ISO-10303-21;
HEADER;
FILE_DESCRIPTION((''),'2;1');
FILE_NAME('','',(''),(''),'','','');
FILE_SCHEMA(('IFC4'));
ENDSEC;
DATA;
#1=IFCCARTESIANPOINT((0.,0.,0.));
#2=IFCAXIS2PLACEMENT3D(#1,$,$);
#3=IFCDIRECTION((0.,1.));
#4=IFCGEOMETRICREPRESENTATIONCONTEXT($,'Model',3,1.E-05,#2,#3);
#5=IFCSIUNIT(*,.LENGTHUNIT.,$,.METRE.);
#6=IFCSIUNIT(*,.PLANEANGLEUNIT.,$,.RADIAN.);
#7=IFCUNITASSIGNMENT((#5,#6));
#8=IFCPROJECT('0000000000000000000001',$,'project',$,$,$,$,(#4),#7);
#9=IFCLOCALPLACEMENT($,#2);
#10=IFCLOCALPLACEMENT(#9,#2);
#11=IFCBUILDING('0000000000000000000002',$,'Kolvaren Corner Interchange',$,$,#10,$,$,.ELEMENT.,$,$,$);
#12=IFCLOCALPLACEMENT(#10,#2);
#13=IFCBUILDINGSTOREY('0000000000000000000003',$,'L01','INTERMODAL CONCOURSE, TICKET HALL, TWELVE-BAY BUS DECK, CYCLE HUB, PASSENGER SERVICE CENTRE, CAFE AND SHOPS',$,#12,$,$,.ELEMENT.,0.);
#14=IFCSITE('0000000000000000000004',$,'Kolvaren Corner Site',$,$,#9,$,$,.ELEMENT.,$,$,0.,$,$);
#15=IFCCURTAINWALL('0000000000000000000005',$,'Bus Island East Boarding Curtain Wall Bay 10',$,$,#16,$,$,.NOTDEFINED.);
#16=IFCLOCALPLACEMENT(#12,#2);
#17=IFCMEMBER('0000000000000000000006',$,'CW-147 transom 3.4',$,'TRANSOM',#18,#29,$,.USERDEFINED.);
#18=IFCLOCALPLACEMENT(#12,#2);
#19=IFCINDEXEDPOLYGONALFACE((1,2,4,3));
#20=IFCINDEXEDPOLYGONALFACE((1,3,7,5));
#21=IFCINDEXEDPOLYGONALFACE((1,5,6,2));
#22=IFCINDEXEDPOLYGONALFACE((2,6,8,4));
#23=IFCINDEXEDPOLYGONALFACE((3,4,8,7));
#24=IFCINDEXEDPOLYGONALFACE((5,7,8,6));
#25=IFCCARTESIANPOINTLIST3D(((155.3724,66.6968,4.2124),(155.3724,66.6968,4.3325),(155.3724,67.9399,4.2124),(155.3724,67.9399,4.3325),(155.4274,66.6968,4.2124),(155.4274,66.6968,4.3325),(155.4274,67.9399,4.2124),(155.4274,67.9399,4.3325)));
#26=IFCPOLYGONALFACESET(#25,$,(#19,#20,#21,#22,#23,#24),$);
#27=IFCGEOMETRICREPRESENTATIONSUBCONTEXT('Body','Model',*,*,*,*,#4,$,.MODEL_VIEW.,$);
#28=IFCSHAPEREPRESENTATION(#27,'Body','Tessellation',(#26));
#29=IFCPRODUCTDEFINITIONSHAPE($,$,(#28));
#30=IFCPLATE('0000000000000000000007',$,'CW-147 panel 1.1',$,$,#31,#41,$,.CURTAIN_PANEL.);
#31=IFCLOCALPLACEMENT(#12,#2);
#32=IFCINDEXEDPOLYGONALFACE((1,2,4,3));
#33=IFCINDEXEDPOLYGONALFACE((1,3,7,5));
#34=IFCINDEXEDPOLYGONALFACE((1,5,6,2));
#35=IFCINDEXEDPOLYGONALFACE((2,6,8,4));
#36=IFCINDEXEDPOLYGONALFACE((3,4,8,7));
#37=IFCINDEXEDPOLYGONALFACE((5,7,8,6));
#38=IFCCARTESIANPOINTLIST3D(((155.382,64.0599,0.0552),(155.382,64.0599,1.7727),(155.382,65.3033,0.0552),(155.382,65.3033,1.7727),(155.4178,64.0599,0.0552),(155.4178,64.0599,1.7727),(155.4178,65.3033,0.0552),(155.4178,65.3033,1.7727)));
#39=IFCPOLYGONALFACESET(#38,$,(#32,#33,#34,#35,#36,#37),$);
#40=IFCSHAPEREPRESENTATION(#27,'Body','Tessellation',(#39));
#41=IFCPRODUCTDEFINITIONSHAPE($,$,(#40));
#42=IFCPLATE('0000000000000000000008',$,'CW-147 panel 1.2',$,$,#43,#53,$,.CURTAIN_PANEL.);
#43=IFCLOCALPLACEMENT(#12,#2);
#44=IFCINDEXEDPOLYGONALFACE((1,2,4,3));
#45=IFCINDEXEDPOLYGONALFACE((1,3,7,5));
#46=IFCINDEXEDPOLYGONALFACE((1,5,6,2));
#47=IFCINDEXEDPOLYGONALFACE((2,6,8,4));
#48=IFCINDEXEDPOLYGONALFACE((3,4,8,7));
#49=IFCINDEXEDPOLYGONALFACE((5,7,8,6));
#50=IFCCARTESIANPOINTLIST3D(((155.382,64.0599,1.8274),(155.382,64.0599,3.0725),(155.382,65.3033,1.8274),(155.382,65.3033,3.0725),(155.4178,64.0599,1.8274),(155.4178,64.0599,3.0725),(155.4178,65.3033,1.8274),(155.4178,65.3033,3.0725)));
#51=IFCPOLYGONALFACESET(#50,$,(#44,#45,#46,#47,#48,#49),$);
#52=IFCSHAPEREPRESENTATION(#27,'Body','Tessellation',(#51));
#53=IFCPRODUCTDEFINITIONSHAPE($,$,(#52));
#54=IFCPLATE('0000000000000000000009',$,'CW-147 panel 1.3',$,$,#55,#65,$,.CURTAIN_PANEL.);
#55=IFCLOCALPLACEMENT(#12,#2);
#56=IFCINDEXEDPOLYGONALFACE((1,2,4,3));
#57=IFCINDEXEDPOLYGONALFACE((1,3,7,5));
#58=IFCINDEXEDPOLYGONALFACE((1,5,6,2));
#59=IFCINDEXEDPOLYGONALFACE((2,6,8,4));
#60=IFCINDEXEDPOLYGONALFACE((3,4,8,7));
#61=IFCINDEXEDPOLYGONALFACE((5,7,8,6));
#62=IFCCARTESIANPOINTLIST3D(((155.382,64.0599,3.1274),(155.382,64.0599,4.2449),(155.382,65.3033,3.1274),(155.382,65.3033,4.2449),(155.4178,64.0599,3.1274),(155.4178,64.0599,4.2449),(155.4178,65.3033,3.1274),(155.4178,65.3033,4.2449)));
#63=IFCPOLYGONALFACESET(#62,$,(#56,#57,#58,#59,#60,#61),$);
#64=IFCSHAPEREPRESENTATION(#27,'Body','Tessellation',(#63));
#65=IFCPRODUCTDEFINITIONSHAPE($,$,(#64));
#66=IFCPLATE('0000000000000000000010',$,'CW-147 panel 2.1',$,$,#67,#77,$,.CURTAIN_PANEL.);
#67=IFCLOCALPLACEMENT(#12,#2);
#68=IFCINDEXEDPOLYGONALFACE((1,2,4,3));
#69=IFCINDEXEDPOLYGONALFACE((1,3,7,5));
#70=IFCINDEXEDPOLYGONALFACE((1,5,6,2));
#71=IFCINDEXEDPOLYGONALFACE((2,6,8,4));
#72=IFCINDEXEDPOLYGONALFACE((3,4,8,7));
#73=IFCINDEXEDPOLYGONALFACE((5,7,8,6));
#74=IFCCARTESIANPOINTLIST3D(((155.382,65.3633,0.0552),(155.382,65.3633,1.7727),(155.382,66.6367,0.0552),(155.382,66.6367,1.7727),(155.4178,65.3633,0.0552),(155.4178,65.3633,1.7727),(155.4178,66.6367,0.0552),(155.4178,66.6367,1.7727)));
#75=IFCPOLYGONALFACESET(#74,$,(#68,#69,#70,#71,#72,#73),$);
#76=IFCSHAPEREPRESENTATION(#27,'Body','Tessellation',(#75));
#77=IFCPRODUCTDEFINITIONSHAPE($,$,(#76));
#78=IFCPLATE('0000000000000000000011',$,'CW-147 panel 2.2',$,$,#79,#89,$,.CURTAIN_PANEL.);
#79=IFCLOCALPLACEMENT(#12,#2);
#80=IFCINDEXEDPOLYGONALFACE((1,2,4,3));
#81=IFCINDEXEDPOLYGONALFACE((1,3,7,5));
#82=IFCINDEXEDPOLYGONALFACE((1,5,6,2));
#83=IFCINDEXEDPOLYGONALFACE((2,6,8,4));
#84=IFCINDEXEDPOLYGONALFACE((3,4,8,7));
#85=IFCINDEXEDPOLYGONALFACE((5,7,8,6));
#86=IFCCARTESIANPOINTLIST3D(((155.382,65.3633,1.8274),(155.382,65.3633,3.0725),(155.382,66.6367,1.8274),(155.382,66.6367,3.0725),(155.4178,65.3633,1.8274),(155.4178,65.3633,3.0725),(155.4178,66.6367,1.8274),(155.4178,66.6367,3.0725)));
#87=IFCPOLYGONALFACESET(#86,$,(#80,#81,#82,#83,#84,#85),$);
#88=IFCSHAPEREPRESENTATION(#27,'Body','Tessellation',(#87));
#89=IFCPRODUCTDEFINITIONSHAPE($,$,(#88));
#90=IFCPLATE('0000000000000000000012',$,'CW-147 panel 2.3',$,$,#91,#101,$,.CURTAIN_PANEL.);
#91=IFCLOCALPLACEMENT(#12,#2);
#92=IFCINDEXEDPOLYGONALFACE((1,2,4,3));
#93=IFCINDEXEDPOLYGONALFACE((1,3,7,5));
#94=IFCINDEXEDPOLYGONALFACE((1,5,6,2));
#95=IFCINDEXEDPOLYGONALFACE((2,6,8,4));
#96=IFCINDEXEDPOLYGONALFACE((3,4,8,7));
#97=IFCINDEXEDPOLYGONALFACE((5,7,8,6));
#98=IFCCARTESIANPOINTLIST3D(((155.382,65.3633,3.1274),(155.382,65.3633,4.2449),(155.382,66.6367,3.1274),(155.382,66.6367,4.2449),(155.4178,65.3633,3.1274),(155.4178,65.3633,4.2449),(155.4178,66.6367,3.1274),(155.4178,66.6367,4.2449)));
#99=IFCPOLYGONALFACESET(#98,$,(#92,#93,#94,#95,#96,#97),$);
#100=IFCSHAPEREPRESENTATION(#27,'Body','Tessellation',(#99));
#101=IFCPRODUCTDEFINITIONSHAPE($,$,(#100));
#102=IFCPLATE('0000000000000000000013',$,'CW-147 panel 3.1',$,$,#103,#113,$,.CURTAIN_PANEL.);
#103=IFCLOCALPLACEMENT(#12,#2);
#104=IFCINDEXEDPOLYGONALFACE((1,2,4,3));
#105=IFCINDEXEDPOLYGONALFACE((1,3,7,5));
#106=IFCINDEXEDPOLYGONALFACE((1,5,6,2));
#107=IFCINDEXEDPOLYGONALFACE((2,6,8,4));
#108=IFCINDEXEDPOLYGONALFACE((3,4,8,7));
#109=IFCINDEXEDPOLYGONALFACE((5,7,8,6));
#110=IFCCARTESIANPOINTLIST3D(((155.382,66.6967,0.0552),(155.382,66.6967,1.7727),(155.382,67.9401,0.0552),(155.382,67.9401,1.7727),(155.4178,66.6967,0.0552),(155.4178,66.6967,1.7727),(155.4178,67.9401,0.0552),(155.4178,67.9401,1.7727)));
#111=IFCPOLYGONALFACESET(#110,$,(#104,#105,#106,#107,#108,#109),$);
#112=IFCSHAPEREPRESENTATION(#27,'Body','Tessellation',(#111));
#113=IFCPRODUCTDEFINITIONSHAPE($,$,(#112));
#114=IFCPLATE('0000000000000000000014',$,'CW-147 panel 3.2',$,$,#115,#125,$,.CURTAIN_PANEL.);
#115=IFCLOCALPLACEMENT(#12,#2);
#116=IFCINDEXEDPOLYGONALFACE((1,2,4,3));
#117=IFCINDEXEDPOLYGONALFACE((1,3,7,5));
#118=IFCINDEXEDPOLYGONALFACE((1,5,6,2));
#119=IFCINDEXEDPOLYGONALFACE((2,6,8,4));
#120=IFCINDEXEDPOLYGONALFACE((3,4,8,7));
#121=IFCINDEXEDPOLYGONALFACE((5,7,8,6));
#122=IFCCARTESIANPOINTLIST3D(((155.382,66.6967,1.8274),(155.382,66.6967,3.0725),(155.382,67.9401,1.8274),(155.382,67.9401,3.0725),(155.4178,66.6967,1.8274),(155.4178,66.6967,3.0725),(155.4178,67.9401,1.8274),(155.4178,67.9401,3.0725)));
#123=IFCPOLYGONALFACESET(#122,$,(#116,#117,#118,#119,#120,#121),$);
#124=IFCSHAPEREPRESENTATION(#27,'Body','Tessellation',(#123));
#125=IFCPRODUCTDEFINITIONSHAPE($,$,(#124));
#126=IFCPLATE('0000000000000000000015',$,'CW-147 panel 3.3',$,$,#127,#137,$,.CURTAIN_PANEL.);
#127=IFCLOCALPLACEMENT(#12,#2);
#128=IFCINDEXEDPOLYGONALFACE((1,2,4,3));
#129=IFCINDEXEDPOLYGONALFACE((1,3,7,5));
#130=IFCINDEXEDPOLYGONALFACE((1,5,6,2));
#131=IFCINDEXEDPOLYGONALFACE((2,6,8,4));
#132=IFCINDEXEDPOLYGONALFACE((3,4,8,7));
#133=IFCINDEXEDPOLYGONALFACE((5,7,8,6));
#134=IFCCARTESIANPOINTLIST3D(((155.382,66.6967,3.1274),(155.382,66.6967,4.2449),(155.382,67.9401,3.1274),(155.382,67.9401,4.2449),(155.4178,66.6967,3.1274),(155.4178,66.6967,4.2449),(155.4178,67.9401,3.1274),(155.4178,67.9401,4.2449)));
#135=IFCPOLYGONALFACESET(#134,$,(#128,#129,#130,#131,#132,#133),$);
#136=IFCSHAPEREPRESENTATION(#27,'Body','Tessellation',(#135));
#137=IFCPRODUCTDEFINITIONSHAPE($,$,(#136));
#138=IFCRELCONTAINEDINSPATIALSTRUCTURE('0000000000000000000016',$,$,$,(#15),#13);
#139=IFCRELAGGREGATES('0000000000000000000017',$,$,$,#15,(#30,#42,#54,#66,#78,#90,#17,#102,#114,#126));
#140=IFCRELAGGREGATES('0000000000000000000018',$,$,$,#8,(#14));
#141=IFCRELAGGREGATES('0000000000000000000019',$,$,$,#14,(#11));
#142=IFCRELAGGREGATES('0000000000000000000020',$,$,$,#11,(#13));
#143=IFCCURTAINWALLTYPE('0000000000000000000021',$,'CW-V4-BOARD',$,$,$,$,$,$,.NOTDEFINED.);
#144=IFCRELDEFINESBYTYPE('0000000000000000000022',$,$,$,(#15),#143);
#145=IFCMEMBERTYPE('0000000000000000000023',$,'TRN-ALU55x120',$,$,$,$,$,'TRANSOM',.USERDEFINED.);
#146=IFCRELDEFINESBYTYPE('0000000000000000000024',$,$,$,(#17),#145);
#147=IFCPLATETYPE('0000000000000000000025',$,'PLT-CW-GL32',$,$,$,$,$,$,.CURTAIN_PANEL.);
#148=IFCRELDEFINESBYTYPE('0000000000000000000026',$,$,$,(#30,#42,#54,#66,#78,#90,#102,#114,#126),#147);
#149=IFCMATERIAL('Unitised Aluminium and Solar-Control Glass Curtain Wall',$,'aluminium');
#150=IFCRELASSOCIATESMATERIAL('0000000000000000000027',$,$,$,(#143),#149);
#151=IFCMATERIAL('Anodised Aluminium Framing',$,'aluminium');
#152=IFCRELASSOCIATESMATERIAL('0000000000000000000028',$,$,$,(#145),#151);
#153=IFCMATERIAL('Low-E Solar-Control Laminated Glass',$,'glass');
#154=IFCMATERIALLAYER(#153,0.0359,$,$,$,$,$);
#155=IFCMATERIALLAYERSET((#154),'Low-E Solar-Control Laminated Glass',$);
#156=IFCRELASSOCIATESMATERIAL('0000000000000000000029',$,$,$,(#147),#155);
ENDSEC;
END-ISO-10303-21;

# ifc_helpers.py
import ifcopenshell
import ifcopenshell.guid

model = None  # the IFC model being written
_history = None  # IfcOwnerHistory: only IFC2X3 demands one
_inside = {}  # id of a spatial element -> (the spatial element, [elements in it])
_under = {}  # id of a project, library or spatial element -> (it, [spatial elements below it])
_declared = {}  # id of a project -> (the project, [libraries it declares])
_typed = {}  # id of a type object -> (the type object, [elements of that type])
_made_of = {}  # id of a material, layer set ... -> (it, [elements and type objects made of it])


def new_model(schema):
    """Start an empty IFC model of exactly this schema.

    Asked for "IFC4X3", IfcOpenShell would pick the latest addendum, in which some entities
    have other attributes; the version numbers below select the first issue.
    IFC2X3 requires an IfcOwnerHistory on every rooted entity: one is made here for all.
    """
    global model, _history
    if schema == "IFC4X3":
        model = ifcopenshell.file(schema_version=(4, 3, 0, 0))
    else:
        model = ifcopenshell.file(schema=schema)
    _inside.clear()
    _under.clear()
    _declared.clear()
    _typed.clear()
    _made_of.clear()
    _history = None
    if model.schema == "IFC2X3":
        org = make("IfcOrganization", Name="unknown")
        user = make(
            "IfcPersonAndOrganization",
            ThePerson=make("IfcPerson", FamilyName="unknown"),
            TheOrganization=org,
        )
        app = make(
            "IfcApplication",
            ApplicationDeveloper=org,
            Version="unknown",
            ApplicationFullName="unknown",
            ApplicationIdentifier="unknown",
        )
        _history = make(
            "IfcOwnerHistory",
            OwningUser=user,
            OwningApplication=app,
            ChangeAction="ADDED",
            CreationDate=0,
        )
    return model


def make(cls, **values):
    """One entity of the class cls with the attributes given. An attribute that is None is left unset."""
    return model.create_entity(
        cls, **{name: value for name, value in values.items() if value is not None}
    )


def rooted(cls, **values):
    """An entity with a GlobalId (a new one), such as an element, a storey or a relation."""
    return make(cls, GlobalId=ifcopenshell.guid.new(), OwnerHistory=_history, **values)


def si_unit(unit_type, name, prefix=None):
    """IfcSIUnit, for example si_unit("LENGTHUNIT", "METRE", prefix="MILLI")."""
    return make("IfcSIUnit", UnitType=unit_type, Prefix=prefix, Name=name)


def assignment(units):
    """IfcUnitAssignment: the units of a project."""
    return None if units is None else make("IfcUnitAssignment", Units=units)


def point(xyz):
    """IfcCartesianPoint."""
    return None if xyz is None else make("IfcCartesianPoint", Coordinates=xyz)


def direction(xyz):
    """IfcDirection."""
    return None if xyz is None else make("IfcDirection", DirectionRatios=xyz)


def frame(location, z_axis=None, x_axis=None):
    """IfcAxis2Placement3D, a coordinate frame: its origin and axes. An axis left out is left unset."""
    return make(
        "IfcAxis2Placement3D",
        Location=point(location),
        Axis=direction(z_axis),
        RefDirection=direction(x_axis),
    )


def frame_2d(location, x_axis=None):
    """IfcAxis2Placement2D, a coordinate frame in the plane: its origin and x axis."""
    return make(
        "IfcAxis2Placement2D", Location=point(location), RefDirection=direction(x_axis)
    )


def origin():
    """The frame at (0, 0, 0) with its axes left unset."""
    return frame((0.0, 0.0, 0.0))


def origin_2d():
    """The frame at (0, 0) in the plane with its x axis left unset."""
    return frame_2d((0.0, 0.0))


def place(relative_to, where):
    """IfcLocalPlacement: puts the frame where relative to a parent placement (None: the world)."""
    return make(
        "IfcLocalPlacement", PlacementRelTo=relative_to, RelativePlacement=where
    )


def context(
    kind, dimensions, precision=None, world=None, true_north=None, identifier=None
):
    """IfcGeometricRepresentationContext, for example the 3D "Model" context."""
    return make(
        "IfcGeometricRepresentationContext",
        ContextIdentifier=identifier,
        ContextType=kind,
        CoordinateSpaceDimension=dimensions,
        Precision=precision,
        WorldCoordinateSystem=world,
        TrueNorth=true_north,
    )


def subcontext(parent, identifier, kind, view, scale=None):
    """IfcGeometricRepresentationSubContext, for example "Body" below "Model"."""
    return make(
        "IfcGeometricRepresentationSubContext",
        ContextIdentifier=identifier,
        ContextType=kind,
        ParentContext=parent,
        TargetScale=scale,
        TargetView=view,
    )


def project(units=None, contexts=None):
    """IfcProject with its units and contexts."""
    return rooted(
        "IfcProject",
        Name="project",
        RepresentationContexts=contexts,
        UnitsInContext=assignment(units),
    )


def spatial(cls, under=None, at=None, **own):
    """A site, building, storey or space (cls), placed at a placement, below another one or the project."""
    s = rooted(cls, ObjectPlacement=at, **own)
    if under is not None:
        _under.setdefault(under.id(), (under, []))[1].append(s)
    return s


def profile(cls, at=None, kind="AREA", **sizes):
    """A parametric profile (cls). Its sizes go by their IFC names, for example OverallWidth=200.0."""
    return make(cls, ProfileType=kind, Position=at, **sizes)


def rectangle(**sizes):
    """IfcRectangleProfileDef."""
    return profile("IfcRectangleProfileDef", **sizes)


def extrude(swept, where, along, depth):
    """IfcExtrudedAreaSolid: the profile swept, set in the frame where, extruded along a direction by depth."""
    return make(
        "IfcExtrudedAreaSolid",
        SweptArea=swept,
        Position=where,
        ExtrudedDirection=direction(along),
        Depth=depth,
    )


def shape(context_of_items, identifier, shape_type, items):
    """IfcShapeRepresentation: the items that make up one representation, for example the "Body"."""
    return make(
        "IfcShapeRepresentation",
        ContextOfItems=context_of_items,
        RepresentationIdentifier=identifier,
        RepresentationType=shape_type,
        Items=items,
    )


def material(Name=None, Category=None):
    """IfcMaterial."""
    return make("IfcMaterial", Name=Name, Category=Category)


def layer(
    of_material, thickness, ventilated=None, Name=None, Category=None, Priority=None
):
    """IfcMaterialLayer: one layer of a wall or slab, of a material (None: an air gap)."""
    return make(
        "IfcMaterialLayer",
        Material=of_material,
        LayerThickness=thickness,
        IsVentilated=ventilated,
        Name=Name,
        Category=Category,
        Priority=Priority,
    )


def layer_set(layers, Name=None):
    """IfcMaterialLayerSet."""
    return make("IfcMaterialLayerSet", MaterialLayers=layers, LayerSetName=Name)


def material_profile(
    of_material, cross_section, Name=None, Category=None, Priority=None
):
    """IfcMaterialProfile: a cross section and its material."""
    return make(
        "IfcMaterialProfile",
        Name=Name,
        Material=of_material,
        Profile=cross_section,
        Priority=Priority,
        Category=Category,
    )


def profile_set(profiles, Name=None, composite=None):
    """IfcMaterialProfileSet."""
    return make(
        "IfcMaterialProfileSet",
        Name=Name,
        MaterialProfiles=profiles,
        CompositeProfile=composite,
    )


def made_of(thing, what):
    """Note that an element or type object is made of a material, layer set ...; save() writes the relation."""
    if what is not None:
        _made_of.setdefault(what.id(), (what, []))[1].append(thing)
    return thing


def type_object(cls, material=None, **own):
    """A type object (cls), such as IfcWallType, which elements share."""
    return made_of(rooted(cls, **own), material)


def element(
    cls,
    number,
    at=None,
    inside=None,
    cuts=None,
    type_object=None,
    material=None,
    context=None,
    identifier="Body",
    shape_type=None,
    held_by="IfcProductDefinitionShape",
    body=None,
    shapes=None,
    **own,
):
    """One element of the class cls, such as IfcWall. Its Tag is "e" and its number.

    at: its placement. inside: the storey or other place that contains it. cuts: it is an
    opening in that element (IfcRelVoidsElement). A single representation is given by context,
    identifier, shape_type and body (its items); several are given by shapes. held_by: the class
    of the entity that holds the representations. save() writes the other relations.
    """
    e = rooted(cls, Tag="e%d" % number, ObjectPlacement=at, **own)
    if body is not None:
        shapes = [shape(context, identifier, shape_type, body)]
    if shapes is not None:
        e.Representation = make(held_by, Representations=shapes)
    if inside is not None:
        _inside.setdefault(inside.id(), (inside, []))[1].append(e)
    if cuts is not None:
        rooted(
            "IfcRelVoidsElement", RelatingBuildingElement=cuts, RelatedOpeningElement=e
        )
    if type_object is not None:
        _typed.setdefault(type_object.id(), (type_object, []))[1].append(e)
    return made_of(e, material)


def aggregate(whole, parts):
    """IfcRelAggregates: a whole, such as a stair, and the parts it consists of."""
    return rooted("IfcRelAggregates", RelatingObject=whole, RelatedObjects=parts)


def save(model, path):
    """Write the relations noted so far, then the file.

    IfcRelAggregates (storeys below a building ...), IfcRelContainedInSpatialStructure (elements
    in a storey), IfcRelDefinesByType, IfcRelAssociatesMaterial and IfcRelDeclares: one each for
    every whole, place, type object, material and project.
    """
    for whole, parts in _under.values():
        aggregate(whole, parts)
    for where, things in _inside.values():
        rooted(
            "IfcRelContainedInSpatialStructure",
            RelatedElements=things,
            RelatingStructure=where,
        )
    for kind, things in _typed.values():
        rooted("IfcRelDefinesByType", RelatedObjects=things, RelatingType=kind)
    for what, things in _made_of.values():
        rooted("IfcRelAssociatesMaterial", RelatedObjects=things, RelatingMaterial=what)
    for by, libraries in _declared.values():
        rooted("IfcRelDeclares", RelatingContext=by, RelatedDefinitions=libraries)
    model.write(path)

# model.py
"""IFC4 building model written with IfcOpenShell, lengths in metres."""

from ifc_helpers import new_model, si_unit, direction, frame, origin, origin_2d, place, context, subcontext, project, spatial, rectangle, extrude, material, layer, layer_set, material_profile, profile_set, type_object, element, aggregate, save


model = new_model("IFC4")

# Units and contexts
model_context = context("Model", 3, precision=1e-05, world=origin(), true_north=direction((0.0, 1.0)))
body_context = subcontext(model_context, "Body", "Model", "MODEL_VIEW")
ifc_project = project(units=[si_unit("LENGTHUNIT", "METRE"), si_unit("PLANEANGLEUNIT", "RADIAN")], contexts=[model_context])

# Site, building, storey
site_placement = place(None, origin())
site = spatial("IfcSite", under=ifc_project, at=site_placement, Name="Kolvaren Corner Site", CompositionType="ELEMENT", RefElevation=0.0)
building_placement = place(site_placement, origin())
building = spatial("IfcBuilding", under=site, at=building_placement, Name="Kolvaren Corner Interchange", CompositionType="ELEMENT")
storey_placement = place(building_placement, origin())
storey = spatial("IfcBuildingStorey", under=building, at=storey_placement, Name="L01", Description="INTERMODAL CONCOURSE, TICKET HALL, TWELVE-BAY BUS DECK, CYCLE HUB, PASSENGER SERVICE CENTRE, CAFE AND SHOPS", CompositionType="ELEMENT", Elevation=0.0)

# Curtain wall, member, plates
ifc_material_1 = material(Name="Unitised Aluminium and Solar-Control Glass Curtain Wall", Category="aluminium")
curtain_wall_type = type_object("IfcCurtainWallType", Name="CW-V4-BOARD", PredefinedType="NOTDEFINED", material=ifc_material_1)
curtain_wall_placement = place(storey_placement, origin())
curtain_wall = element("IfcCurtainWall", 1, at=curtain_wall_placement, inside=storey, type_object=curtain_wall_type, Name="Bus Island East Boarding Curtain Wall Bay 10", PredefinedType="NOTDEFINED")
ifc_material_2 = material(Name="Anodised Aluminium Framing", Category="aluminium")
ifc_material_profile_1 = material_profile(ifc_material_2, rectangle(XDim=0.0549, YDim=0.1201, at=origin_2d()), Name="ALU 55x120")
ifc_profile_set_1 = profile_set([ifc_material_profile_1], Name="Anodised Aluminium Framing")
member_type_1 = type_object("IfcMemberType", Name="TRN-ALU55x120", ElementType="TRANSOM", PredefinedType="USERDEFINED", material=ifc_profile_set_1)
member_1_placement = place(storey_placement, frame((155.3999, 66.6968, 4.2725), z_axis=(0.0, 1.0, 0.0), x_axis=(-1.0, 0.0, 0.0)))
member_1 = element("IfcMember", 2, at=member_1_placement, type_object=member_type_1, Name="CW-147 transom 3.4", ObjectType="TRANSOM", PredefinedType="USERDEFINED", context=body_context, shape_type="SweptSolid", body=[
    extrude(rectangle(XDim=0.0549, YDim=0.1201, at=origin_2d()), origin(), (0.0, 0.0, 1.0), 1.2432),
])
ifc_material_3 = material(Name="Low-E Solar-Control Laminated Glass", Category="glass")
ifc_layer = layer(ifc_material_3, 0.0359)
ifc_layer_set = layer_set([ifc_layer], Name="Low-E Solar-Control Laminated Glass")
plate_type = type_object("IfcPlateType", Name="PLT-CW-GL32", PredefinedType="CURTAIN_PANEL", material=ifc_layer_set)
plate_1_placement = place(storey_placement, frame((155.3999, 64.6816, 0.0552), z_axis=(0.0, 0.0, 1.0), x_axis=(0.0, 1.0, 0.0)))
plate_1 = element("IfcPlate", 3, at=plate_1_placement, type_object=plate_type, Name="CW-147 panel 1.1", PredefinedType="CURTAIN_PANEL", context=body_context, shape_type="SweptSolid", body=[
    extrude(rectangle(XDim=1.2434, YDim=0.0359, at=origin_2d()), origin(), (0.0, 0.0, 1.0), 1.7175),
])
plate_2_placement = place(storey_placement, frame((155.3999, 64.6816, 1.8274), z_axis=(0.0, 0.0, 1.0), x_axis=(0.0, 1.0, 0.0)))
plate_2 = element("IfcPlate", 4, at=plate_2_placement, type_object=plate_type, Name="CW-147 panel 1.2", PredefinedType="CURTAIN_PANEL", context=body_context, shape_type="SweptSolid", body=[
    extrude(rectangle(XDim=1.2434, YDim=0.0359, at=origin_2d()), origin(), (0.0, 0.0, 1.0), 1.2451),
])
plate_3_placement = place(storey_placement, frame((155.3999, 64.6816, 3.1274), z_axis=(0.0, 0.0, 1.0), x_axis=(0.0, 1.0, 0.0)))
plate_3 = element("IfcPlate", 5, at=plate_3_placement, type_object=plate_type, Name="CW-147 panel 1.3", PredefinedType="CURTAIN_PANEL", context=body_context, shape_type="SweptSolid", body=[
    extrude(rectangle(XDim=1.2434, YDim=0.0359, at=origin_2d()), origin(), (0.0, 0.0, 1.0), 1.1174),
])
plate_4_placement = place(storey_placement, frame((155.3999, 66.0, 0.0552), z_axis=(0.0, 0.0, 1.0), x_axis=(0.0, 1.0, 0.0)))
plate_4 = element("IfcPlate", 6, at=plate_4_placement, type_object=plate_type, Name="CW-147 panel 2.1", PredefinedType="CURTAIN_PANEL", context=body_context, shape_type="SweptSolid", body=[
    extrude(rectangle(XDim=1.2734, YDim=0.0359, at=origin_2d()), origin(), (0.0, 0.0, 1.0), 1.7175),
])
plate_5_placement = place(storey_placement, frame((155.3999, 66.0, 1.8274), z_axis=(0.0, 0.0, 1.0), x_axis=(0.0, 1.0, 0.0)))
plate_5 = element("IfcPlate", 7, at=plate_5_placement, type_object=plate_type, Name="CW-147 panel 2.2", PredefinedType="CURTAIN_PANEL", context=body_context, shape_type="SweptSolid", body=[
    extrude(rectangle(XDim=1.2734, YDim=0.0359, at=origin_2d()), origin(), (0.0, 0.0, 1.0), 1.2451),
])
plate_6_placement = place(storey_placement, frame((155.3999, 66.0, 3.1274), z_axis=(0.0, 0.0, 1.0), x_axis=(0.0, 1.0, 0.0)))
plate_6 = element("IfcPlate", 8, at=plate_6_placement, type_object=plate_type, Name="CW-147 panel 2.3", PredefinedType="CURTAIN_PANEL", context=body_context, shape_type="SweptSolid", body=[
    extrude(rectangle(XDim=1.2734, YDim=0.0359, at=origin_2d()), origin(), (0.0, 0.0, 1.0), 1.1174),
])
plate_7_placement = place(storey_placement, frame((155.3999, 67.3184, 0.0552), z_axis=(0.0, 0.0, 1.0), x_axis=(0.0, 1.0, 0.0)))
plate_7 = element("IfcPlate", 9, at=plate_7_placement, type_object=plate_type, Name="CW-147 panel 3.1", PredefinedType="CURTAIN_PANEL", context=body_context, shape_type="SweptSolid", body=[
    extrude(rectangle(XDim=1.2434, YDim=0.0359, at=origin_2d()), origin(), (0.0, 0.0, 1.0), 1.7175),
])
plate_8_placement = place(storey_placement, frame((155.3999, 67.3184, 1.8274), z_axis=(0.0, 0.0, 1.0), x_axis=(0.0, 1.0, 0.0)))
plate_8 = element("IfcPlate", 10, at=plate_8_placement, type_object=plate_type, Name="CW-147 panel 3.2", PredefinedType="CURTAIN_PANEL", context=body_context, shape_type="SweptSolid", body=[
    extrude(rectangle(XDim=1.2434, YDim=0.0359, at=origin_2d()), origin(), (0.0, 0.0, 1.0), 1.2451),
])
plate_9_placement = place(storey_placement, frame((155.3999, 67.3184, 3.1274), z_axis=(0.0, 0.0, 1.0), x_axis=(0.0, 1.0, 0.0)))
plate_9 = element("IfcPlate", 11, at=plate_9_placement, type_object=plate_type, Name="CW-147 panel 3.3", PredefinedType="CURTAIN_PANEL", context=body_context, shape_type="SweptSolid", body=[
    extrude(rectangle(XDim=1.2434, YDim=0.0359, at=origin_2d()), origin(), (0.0, 0.0, 1.0), 1.1174),
])
aggregate(curtain_wall, [plate_1, plate_2, plate_3, plate_4, plate_5, plate_6, member_1, plate_7, plate_8, plate_9])

save(model, "model.ifc")
